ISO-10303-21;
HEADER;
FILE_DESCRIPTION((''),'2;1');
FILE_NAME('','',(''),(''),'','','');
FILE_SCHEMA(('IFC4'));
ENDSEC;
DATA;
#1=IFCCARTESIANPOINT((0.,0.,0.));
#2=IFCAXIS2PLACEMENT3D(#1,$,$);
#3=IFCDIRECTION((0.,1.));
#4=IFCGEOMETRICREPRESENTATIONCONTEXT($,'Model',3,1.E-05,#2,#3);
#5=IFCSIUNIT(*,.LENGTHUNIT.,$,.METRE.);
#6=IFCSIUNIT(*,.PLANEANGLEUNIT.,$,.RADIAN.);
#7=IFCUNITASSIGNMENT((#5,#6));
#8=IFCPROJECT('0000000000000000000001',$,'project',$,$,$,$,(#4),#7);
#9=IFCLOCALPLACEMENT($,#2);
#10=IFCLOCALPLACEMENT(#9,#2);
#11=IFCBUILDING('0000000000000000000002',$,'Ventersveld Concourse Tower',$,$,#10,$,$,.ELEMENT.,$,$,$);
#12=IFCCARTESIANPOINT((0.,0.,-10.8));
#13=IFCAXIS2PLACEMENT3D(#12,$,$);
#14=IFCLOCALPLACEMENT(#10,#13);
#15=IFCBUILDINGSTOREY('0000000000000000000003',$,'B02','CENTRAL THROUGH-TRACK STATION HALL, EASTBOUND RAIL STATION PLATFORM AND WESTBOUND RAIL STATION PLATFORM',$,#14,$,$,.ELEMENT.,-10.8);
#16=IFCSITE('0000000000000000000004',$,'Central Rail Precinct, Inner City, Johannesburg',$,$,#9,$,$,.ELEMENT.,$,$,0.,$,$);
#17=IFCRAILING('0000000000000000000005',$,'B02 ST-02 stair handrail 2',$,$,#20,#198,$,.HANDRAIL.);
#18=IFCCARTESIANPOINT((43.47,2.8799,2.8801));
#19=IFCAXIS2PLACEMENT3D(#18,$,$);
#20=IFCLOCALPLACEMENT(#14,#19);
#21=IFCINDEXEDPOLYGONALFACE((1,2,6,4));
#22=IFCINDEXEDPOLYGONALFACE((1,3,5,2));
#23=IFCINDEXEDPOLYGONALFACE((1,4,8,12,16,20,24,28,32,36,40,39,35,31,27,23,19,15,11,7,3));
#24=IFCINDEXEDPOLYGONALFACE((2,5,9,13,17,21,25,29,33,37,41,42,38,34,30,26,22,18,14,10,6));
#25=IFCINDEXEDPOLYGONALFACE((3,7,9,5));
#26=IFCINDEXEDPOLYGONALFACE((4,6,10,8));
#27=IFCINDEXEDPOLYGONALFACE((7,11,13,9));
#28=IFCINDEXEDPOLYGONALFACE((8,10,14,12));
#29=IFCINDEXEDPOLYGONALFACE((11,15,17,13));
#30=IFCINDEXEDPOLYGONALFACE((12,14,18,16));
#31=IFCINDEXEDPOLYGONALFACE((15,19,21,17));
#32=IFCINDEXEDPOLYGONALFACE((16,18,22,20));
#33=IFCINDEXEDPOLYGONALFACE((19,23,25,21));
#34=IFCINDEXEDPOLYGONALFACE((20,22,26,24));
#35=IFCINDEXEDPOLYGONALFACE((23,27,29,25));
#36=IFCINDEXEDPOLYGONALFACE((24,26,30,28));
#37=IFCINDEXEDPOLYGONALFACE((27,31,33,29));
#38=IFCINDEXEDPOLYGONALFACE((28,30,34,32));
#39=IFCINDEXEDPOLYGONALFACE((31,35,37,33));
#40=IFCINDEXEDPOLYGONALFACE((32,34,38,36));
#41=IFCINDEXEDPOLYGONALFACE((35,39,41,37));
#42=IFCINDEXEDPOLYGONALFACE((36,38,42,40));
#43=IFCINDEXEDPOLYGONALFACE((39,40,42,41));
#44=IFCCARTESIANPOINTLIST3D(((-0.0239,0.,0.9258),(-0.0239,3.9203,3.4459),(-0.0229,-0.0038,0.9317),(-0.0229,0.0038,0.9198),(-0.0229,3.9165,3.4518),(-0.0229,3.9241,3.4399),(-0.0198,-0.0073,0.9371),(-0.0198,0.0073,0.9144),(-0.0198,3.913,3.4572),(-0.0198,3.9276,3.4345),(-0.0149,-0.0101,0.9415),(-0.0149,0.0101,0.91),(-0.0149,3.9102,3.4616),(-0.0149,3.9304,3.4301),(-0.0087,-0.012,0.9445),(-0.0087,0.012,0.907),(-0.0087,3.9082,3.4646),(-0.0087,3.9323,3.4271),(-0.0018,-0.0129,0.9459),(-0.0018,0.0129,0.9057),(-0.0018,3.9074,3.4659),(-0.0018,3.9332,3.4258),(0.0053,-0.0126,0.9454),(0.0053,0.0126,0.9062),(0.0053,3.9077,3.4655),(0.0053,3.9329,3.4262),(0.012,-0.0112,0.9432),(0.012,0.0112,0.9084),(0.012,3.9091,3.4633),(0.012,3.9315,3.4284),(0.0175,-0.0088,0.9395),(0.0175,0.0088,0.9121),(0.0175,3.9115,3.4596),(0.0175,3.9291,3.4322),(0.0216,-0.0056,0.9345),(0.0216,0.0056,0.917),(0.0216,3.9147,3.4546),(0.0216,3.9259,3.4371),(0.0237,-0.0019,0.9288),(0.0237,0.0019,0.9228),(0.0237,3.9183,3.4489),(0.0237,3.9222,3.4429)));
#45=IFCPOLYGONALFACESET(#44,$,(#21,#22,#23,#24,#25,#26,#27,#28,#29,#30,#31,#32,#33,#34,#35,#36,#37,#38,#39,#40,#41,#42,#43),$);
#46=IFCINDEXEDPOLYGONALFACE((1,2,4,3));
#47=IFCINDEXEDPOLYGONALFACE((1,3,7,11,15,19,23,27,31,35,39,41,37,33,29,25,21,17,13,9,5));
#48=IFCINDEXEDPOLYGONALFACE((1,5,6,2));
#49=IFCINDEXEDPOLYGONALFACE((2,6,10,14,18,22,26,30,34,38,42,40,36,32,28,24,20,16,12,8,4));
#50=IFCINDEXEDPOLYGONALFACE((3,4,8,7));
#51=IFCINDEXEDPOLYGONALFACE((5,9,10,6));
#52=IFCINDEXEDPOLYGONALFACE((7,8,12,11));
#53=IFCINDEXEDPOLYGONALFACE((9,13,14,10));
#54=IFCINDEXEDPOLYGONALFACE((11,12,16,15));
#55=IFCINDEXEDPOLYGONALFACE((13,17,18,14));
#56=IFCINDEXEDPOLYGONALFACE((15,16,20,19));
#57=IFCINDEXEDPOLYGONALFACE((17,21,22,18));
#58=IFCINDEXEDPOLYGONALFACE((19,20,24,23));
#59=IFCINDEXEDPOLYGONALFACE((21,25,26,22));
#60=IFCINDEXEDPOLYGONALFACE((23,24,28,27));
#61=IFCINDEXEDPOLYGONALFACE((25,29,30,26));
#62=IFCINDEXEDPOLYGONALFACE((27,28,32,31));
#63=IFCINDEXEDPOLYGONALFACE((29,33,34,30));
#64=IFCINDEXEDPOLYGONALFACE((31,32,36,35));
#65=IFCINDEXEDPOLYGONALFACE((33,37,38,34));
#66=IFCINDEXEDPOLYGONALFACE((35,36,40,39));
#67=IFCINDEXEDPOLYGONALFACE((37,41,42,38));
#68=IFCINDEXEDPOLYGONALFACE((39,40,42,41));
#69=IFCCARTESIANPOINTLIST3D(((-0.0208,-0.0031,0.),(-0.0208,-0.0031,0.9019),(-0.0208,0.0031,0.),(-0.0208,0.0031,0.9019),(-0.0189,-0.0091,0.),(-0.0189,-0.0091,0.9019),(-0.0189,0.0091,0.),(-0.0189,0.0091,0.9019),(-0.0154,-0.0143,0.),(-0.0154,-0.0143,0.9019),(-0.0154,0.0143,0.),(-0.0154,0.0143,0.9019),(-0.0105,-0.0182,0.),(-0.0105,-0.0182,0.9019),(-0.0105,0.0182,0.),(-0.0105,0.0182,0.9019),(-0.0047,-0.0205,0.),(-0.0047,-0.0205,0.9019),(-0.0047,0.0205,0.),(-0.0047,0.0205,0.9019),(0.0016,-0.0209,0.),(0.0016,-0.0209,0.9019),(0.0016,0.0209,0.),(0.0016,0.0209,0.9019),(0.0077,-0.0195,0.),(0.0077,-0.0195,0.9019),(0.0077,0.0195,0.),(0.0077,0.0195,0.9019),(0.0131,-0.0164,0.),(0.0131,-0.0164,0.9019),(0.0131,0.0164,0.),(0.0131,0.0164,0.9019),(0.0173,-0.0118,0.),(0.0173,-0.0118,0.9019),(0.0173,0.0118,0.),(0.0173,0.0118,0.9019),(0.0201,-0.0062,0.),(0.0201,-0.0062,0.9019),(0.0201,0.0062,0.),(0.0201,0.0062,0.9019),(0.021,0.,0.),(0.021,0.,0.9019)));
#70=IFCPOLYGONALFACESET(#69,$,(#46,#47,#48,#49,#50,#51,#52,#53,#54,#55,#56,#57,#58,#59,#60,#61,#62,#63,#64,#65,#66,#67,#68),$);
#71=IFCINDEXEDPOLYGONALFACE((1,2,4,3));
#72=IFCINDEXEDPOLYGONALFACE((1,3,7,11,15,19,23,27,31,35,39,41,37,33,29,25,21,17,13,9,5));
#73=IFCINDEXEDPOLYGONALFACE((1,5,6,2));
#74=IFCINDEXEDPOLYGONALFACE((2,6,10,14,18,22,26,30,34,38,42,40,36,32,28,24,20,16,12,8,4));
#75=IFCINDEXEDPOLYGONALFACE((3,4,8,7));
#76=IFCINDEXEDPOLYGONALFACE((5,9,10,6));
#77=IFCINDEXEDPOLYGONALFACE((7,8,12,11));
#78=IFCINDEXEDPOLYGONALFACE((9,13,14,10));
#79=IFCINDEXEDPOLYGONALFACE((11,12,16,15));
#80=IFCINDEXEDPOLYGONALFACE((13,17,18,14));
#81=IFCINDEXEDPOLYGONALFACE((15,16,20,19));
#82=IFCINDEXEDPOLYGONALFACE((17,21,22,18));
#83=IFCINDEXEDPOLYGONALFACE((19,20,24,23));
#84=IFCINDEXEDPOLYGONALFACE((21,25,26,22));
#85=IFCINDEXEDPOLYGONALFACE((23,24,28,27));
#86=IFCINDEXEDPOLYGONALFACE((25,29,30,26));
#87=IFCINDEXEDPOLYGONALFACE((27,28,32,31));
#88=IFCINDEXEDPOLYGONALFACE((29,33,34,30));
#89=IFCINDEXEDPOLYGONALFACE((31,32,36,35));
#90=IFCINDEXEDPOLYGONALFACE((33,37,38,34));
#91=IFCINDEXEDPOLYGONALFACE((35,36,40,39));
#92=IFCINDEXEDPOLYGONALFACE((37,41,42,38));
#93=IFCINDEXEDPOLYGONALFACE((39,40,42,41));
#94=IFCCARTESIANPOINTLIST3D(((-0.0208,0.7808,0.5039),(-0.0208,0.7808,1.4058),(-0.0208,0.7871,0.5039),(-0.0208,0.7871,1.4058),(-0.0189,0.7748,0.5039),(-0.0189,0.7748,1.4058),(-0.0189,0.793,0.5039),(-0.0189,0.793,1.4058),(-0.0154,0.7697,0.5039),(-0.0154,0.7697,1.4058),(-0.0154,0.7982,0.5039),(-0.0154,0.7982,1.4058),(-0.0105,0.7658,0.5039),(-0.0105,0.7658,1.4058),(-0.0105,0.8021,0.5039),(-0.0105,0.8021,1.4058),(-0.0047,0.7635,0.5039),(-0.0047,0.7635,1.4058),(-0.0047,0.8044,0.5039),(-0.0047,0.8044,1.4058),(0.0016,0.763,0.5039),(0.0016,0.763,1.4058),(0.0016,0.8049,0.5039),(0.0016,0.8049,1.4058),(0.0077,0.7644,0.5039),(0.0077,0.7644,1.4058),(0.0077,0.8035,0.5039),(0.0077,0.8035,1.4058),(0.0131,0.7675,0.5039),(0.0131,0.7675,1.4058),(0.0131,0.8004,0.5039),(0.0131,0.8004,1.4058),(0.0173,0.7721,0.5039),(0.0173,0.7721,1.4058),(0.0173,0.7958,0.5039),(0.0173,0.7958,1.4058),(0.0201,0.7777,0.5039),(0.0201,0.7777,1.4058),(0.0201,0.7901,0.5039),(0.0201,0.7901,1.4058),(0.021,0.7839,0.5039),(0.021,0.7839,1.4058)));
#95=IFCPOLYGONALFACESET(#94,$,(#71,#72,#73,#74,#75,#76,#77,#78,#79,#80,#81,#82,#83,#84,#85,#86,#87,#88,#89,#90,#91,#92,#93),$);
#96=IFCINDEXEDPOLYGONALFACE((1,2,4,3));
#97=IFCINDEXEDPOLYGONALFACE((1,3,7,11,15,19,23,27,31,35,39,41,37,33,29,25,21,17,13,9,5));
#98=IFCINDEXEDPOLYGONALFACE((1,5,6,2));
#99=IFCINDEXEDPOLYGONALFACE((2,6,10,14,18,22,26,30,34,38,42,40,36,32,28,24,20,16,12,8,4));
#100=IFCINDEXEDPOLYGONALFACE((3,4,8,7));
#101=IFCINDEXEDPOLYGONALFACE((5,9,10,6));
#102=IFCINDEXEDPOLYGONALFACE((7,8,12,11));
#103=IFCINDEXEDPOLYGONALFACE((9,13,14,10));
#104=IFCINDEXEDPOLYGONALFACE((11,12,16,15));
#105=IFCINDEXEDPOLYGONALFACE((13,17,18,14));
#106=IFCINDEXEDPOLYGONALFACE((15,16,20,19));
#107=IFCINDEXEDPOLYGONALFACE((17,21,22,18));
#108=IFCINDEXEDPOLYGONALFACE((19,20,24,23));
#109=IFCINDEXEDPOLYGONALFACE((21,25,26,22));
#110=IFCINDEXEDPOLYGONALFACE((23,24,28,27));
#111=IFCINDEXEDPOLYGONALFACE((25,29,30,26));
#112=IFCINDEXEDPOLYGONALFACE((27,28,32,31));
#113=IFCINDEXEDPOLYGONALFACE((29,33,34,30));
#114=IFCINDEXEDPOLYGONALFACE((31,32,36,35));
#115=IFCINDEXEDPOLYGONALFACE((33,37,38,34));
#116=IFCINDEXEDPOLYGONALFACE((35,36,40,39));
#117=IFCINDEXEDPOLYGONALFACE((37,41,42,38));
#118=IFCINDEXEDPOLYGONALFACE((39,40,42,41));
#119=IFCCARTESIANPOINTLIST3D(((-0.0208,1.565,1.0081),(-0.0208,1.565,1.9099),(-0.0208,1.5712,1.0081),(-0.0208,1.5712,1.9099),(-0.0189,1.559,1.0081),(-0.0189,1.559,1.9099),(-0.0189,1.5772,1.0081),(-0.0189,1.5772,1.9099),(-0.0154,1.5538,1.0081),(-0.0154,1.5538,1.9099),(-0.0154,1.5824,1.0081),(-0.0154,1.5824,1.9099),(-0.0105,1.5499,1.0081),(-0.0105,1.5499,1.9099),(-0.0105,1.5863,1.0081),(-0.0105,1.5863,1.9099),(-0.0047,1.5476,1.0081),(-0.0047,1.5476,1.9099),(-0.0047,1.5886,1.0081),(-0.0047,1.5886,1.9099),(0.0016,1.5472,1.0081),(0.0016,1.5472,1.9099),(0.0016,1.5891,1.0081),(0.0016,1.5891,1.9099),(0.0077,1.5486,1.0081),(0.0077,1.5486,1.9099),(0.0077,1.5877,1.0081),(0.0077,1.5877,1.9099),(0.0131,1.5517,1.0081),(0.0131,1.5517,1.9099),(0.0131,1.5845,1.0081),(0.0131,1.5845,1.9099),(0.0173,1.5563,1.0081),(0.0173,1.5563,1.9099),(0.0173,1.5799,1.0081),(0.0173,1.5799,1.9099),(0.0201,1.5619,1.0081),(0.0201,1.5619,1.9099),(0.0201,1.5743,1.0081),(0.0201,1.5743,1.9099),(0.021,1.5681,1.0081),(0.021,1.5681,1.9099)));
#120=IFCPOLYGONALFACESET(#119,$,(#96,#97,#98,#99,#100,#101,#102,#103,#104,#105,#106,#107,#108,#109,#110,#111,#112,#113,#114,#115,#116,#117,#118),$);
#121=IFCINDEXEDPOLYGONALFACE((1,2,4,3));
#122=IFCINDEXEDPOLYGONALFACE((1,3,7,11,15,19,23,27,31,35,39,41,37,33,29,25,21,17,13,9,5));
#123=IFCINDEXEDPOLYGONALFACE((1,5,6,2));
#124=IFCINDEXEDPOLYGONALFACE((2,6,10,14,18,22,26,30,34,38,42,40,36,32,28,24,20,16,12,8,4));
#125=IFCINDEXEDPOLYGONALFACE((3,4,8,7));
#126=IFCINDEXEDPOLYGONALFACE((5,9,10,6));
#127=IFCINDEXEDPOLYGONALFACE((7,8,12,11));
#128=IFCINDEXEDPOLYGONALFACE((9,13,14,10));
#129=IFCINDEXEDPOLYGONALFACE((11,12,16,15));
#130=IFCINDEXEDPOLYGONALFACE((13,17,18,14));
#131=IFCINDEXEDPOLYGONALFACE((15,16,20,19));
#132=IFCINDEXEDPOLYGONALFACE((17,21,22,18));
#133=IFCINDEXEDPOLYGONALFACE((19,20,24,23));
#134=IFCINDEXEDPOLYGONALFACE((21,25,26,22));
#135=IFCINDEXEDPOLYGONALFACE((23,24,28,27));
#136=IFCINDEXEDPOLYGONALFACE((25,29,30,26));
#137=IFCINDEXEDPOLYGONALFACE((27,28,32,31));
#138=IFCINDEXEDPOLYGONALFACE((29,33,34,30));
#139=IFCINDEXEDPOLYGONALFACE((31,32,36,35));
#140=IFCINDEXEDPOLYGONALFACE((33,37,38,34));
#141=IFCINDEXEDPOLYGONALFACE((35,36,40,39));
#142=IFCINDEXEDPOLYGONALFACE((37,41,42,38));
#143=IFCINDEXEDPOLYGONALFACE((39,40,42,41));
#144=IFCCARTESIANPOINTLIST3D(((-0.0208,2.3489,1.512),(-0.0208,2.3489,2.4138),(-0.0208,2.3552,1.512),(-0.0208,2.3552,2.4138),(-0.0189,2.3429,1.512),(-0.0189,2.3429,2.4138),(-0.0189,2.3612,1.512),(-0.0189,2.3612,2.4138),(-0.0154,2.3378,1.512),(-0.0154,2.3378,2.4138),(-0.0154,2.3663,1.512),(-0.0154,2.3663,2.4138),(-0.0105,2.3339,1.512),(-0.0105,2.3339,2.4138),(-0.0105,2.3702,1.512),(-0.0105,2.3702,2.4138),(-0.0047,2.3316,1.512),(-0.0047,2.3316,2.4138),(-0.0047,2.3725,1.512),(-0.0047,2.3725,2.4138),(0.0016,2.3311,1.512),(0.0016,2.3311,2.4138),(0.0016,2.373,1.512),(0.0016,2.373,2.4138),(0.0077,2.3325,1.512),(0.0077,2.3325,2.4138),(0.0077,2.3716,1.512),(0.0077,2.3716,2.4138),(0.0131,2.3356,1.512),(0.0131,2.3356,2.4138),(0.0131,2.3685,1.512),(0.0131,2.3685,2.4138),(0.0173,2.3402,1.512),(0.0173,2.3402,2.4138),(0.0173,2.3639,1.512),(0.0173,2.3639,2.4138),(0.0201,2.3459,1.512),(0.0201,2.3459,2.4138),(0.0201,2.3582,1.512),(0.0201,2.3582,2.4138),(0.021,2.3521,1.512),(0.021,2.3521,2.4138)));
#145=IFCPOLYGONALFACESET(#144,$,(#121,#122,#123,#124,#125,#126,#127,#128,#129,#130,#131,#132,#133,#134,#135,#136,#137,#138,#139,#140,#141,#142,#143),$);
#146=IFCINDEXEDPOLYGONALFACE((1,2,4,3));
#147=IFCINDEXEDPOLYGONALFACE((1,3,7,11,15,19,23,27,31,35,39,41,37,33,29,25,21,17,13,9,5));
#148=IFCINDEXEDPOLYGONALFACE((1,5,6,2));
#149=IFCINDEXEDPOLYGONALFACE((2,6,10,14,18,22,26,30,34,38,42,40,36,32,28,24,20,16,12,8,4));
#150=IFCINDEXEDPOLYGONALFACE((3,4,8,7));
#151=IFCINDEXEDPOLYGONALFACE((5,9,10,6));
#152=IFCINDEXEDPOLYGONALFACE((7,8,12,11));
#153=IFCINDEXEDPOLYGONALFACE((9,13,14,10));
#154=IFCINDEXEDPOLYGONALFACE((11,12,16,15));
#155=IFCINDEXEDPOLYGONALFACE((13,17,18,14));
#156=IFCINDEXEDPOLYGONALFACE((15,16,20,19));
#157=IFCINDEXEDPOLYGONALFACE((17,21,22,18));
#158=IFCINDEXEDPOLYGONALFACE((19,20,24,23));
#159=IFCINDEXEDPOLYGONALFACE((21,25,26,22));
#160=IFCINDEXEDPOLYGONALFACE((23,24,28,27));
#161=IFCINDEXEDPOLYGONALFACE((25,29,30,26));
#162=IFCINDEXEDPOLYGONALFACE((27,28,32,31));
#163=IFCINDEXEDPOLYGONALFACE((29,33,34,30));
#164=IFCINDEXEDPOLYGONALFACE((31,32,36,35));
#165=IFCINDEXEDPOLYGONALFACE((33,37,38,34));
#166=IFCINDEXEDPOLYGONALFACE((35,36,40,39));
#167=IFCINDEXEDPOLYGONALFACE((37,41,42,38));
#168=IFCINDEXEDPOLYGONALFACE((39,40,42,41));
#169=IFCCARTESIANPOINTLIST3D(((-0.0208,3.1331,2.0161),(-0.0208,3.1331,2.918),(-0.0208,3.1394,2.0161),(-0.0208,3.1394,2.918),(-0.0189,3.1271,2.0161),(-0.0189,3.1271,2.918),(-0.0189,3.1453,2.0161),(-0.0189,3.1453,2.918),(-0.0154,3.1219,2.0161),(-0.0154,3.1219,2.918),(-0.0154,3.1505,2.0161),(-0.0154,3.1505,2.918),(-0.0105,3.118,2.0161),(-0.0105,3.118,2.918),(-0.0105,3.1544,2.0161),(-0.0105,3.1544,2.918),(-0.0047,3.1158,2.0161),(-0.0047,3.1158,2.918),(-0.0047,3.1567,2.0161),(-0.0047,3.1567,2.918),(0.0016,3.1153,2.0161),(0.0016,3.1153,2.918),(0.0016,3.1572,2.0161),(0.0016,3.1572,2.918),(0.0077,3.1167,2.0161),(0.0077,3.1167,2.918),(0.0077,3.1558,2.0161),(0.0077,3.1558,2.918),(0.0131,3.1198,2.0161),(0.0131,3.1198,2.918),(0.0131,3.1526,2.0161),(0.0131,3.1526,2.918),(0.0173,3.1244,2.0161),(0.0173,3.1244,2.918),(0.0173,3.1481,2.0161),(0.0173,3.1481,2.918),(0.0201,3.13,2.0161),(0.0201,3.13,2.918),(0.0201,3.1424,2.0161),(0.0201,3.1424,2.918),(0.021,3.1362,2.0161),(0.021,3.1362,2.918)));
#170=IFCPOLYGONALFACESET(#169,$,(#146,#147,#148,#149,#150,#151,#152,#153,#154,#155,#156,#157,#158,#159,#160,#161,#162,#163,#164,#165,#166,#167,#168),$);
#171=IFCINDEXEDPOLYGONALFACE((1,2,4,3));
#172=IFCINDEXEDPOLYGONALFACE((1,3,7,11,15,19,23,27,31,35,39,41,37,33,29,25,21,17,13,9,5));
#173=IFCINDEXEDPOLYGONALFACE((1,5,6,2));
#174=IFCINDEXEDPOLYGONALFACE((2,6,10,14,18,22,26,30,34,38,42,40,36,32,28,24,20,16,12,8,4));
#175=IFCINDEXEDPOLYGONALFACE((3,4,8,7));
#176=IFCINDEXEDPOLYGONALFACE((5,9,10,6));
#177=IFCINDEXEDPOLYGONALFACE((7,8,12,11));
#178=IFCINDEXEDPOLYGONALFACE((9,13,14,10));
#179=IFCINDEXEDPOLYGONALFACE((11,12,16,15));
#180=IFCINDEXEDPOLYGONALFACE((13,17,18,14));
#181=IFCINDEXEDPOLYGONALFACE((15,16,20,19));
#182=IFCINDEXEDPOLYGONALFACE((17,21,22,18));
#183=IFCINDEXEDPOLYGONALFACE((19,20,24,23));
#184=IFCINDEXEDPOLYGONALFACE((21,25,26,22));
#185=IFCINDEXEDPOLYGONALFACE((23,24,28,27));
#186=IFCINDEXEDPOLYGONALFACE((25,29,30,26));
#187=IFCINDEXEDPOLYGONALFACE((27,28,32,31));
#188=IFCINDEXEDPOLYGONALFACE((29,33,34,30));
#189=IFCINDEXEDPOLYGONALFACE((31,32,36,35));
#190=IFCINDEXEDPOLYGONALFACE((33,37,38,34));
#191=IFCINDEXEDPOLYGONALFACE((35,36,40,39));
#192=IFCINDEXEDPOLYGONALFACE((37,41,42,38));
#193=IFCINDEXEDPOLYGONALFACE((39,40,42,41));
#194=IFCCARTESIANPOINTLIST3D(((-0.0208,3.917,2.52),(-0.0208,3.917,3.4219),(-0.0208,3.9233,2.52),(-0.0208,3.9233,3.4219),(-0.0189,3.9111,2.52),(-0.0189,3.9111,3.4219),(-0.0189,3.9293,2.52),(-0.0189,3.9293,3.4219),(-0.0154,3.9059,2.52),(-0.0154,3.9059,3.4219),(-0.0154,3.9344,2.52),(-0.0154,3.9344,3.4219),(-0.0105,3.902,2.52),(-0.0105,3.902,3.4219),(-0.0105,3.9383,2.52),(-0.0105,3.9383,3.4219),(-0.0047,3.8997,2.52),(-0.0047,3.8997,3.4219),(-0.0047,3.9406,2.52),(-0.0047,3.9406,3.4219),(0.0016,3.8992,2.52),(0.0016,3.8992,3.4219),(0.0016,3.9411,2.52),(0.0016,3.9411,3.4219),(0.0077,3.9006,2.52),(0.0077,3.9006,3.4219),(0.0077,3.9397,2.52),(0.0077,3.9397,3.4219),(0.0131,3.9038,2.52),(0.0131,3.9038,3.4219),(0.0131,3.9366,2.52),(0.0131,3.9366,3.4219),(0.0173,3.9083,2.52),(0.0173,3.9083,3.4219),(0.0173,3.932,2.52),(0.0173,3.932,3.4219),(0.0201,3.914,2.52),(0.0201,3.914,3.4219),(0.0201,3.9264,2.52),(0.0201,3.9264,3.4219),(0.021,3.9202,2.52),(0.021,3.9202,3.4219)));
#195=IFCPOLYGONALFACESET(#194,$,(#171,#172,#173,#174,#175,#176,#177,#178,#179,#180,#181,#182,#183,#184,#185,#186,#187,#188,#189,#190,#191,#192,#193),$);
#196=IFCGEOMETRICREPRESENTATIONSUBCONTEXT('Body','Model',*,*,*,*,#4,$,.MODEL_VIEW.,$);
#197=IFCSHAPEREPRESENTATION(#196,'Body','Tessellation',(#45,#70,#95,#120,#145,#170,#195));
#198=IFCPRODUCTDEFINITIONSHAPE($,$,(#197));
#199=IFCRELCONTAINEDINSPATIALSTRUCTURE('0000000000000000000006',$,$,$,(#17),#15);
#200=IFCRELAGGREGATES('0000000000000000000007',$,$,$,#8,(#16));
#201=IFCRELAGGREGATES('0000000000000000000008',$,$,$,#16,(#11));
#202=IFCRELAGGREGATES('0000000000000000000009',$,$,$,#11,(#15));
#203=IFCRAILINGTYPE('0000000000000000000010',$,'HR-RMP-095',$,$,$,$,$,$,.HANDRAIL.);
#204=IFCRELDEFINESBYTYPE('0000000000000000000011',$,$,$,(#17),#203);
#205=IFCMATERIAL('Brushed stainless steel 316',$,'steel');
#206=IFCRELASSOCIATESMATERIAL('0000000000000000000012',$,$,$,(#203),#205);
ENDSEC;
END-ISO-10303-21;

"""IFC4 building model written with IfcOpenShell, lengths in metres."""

from ifc_helpers import new_model, si_unit, direction, frame, origin, origin_2d, place, context, subcontext, project, spatial, circle, extrude, material, type_object, element, save


model = new_model("IFC4")

# Units and contexts
model_context = context("Model", 3, precision=1e-05, world=origin(), true_north=direction((0.0, 1.0)))
body_context = subcontext(model_context, "Body", "Model", "MODEL_VIEW")
ifc_project = project(units=[si_unit("LENGTHUNIT", "METRE"), si_unit("PLANEANGLEUNIT", "RADIAN")], contexts=[model_context])

# Site, building, storey
site_placement = place(None, origin())
site = spatial("IfcSite", under=ifc_project, at=site_placement, Name="Central Rail Precinct, Inner City, Johannesburg", CompositionType="ELEMENT", RefElevation=0.0)
building_placement = place(site_placement, origin())
building = spatial("IfcBuilding", under=site, at=building_placement, Name="Ventersveld Concourse Tower", CompositionType="ELEMENT")
storey_placement = place(building_placement, frame((0.0, 0.0, -10.8)))
storey = spatial("IfcBuildingStorey", under=building, at=storey_placement, Name="B02", Description="CENTRAL THROUGH-TRACK STATION HALL, EASTBOUND RAIL STATION PLATFORM AND WESTBOUND RAIL STATION PLATFORM", CompositionType="ELEMENT", Elevation=-10.8)

# Railing
ifc_material_1 = material(Name="Brushed stainless steel 316", Category="steel")
railing_type_1 = type_object("IfcRailingType", Name="HR-RMP-095", PredefinedType="HANDRAIL", material=ifc_material_1)
railing_1_placement = place(storey_placement, frame((43.47, 2.8799, 2.8801)))
element("IfcRailing", 1, at=railing_1_placement, inside=storey, type_object=railing_type_1, Name="B02 ST-02 stair handrail 2", PredefinedType="HANDRAIL", context=body_context, shape_type="SweptSolid", body=[
    extrude(circle(Radius=0.0239, at=origin_2d()), frame((0.0, 0.0, 0.9258), z_axis=(0.0, 0.841187, 0.540744), x_axis=(-1.0, 0.0, 0.0)), (0.0, 0.0, 1.0), 4.6604),
    extrude(circle(Radius=0.021, at=origin_2d()), origin(), (0.0, 0.0, 1.0), 0.9019),
    extrude(circle(Radius=0.021, at=origin_2d()), frame((0.0, 0.7839, 0.5039)), (0.0, 0.0, 1.0), 0.9019),
    extrude(circle(Radius=0.021, at=origin_2d()), frame((0.0, 1.5681, 1.0081)), (0.0, 0.0, 1.0), 0.9019),
    extrude(circle(Radius=0.021, at=origin_2d()), frame((0.0, 2.3521, 1.512)), (0.0, 0.0, 1.0), 0.9019),
    extrude(circle(Radius=0.021, at=origin_2d()), frame((0.0, 3.1362, 2.0161)), (0.0, 0.0, 1.0), 0.9019),
    extrude(circle(Radius=0.021, at=origin_2d()), frame((0.0, 3.9202, 2.52)), (0.0, 0.0, 1.0), 0.9019),
])

save(model, "model.ifc")
